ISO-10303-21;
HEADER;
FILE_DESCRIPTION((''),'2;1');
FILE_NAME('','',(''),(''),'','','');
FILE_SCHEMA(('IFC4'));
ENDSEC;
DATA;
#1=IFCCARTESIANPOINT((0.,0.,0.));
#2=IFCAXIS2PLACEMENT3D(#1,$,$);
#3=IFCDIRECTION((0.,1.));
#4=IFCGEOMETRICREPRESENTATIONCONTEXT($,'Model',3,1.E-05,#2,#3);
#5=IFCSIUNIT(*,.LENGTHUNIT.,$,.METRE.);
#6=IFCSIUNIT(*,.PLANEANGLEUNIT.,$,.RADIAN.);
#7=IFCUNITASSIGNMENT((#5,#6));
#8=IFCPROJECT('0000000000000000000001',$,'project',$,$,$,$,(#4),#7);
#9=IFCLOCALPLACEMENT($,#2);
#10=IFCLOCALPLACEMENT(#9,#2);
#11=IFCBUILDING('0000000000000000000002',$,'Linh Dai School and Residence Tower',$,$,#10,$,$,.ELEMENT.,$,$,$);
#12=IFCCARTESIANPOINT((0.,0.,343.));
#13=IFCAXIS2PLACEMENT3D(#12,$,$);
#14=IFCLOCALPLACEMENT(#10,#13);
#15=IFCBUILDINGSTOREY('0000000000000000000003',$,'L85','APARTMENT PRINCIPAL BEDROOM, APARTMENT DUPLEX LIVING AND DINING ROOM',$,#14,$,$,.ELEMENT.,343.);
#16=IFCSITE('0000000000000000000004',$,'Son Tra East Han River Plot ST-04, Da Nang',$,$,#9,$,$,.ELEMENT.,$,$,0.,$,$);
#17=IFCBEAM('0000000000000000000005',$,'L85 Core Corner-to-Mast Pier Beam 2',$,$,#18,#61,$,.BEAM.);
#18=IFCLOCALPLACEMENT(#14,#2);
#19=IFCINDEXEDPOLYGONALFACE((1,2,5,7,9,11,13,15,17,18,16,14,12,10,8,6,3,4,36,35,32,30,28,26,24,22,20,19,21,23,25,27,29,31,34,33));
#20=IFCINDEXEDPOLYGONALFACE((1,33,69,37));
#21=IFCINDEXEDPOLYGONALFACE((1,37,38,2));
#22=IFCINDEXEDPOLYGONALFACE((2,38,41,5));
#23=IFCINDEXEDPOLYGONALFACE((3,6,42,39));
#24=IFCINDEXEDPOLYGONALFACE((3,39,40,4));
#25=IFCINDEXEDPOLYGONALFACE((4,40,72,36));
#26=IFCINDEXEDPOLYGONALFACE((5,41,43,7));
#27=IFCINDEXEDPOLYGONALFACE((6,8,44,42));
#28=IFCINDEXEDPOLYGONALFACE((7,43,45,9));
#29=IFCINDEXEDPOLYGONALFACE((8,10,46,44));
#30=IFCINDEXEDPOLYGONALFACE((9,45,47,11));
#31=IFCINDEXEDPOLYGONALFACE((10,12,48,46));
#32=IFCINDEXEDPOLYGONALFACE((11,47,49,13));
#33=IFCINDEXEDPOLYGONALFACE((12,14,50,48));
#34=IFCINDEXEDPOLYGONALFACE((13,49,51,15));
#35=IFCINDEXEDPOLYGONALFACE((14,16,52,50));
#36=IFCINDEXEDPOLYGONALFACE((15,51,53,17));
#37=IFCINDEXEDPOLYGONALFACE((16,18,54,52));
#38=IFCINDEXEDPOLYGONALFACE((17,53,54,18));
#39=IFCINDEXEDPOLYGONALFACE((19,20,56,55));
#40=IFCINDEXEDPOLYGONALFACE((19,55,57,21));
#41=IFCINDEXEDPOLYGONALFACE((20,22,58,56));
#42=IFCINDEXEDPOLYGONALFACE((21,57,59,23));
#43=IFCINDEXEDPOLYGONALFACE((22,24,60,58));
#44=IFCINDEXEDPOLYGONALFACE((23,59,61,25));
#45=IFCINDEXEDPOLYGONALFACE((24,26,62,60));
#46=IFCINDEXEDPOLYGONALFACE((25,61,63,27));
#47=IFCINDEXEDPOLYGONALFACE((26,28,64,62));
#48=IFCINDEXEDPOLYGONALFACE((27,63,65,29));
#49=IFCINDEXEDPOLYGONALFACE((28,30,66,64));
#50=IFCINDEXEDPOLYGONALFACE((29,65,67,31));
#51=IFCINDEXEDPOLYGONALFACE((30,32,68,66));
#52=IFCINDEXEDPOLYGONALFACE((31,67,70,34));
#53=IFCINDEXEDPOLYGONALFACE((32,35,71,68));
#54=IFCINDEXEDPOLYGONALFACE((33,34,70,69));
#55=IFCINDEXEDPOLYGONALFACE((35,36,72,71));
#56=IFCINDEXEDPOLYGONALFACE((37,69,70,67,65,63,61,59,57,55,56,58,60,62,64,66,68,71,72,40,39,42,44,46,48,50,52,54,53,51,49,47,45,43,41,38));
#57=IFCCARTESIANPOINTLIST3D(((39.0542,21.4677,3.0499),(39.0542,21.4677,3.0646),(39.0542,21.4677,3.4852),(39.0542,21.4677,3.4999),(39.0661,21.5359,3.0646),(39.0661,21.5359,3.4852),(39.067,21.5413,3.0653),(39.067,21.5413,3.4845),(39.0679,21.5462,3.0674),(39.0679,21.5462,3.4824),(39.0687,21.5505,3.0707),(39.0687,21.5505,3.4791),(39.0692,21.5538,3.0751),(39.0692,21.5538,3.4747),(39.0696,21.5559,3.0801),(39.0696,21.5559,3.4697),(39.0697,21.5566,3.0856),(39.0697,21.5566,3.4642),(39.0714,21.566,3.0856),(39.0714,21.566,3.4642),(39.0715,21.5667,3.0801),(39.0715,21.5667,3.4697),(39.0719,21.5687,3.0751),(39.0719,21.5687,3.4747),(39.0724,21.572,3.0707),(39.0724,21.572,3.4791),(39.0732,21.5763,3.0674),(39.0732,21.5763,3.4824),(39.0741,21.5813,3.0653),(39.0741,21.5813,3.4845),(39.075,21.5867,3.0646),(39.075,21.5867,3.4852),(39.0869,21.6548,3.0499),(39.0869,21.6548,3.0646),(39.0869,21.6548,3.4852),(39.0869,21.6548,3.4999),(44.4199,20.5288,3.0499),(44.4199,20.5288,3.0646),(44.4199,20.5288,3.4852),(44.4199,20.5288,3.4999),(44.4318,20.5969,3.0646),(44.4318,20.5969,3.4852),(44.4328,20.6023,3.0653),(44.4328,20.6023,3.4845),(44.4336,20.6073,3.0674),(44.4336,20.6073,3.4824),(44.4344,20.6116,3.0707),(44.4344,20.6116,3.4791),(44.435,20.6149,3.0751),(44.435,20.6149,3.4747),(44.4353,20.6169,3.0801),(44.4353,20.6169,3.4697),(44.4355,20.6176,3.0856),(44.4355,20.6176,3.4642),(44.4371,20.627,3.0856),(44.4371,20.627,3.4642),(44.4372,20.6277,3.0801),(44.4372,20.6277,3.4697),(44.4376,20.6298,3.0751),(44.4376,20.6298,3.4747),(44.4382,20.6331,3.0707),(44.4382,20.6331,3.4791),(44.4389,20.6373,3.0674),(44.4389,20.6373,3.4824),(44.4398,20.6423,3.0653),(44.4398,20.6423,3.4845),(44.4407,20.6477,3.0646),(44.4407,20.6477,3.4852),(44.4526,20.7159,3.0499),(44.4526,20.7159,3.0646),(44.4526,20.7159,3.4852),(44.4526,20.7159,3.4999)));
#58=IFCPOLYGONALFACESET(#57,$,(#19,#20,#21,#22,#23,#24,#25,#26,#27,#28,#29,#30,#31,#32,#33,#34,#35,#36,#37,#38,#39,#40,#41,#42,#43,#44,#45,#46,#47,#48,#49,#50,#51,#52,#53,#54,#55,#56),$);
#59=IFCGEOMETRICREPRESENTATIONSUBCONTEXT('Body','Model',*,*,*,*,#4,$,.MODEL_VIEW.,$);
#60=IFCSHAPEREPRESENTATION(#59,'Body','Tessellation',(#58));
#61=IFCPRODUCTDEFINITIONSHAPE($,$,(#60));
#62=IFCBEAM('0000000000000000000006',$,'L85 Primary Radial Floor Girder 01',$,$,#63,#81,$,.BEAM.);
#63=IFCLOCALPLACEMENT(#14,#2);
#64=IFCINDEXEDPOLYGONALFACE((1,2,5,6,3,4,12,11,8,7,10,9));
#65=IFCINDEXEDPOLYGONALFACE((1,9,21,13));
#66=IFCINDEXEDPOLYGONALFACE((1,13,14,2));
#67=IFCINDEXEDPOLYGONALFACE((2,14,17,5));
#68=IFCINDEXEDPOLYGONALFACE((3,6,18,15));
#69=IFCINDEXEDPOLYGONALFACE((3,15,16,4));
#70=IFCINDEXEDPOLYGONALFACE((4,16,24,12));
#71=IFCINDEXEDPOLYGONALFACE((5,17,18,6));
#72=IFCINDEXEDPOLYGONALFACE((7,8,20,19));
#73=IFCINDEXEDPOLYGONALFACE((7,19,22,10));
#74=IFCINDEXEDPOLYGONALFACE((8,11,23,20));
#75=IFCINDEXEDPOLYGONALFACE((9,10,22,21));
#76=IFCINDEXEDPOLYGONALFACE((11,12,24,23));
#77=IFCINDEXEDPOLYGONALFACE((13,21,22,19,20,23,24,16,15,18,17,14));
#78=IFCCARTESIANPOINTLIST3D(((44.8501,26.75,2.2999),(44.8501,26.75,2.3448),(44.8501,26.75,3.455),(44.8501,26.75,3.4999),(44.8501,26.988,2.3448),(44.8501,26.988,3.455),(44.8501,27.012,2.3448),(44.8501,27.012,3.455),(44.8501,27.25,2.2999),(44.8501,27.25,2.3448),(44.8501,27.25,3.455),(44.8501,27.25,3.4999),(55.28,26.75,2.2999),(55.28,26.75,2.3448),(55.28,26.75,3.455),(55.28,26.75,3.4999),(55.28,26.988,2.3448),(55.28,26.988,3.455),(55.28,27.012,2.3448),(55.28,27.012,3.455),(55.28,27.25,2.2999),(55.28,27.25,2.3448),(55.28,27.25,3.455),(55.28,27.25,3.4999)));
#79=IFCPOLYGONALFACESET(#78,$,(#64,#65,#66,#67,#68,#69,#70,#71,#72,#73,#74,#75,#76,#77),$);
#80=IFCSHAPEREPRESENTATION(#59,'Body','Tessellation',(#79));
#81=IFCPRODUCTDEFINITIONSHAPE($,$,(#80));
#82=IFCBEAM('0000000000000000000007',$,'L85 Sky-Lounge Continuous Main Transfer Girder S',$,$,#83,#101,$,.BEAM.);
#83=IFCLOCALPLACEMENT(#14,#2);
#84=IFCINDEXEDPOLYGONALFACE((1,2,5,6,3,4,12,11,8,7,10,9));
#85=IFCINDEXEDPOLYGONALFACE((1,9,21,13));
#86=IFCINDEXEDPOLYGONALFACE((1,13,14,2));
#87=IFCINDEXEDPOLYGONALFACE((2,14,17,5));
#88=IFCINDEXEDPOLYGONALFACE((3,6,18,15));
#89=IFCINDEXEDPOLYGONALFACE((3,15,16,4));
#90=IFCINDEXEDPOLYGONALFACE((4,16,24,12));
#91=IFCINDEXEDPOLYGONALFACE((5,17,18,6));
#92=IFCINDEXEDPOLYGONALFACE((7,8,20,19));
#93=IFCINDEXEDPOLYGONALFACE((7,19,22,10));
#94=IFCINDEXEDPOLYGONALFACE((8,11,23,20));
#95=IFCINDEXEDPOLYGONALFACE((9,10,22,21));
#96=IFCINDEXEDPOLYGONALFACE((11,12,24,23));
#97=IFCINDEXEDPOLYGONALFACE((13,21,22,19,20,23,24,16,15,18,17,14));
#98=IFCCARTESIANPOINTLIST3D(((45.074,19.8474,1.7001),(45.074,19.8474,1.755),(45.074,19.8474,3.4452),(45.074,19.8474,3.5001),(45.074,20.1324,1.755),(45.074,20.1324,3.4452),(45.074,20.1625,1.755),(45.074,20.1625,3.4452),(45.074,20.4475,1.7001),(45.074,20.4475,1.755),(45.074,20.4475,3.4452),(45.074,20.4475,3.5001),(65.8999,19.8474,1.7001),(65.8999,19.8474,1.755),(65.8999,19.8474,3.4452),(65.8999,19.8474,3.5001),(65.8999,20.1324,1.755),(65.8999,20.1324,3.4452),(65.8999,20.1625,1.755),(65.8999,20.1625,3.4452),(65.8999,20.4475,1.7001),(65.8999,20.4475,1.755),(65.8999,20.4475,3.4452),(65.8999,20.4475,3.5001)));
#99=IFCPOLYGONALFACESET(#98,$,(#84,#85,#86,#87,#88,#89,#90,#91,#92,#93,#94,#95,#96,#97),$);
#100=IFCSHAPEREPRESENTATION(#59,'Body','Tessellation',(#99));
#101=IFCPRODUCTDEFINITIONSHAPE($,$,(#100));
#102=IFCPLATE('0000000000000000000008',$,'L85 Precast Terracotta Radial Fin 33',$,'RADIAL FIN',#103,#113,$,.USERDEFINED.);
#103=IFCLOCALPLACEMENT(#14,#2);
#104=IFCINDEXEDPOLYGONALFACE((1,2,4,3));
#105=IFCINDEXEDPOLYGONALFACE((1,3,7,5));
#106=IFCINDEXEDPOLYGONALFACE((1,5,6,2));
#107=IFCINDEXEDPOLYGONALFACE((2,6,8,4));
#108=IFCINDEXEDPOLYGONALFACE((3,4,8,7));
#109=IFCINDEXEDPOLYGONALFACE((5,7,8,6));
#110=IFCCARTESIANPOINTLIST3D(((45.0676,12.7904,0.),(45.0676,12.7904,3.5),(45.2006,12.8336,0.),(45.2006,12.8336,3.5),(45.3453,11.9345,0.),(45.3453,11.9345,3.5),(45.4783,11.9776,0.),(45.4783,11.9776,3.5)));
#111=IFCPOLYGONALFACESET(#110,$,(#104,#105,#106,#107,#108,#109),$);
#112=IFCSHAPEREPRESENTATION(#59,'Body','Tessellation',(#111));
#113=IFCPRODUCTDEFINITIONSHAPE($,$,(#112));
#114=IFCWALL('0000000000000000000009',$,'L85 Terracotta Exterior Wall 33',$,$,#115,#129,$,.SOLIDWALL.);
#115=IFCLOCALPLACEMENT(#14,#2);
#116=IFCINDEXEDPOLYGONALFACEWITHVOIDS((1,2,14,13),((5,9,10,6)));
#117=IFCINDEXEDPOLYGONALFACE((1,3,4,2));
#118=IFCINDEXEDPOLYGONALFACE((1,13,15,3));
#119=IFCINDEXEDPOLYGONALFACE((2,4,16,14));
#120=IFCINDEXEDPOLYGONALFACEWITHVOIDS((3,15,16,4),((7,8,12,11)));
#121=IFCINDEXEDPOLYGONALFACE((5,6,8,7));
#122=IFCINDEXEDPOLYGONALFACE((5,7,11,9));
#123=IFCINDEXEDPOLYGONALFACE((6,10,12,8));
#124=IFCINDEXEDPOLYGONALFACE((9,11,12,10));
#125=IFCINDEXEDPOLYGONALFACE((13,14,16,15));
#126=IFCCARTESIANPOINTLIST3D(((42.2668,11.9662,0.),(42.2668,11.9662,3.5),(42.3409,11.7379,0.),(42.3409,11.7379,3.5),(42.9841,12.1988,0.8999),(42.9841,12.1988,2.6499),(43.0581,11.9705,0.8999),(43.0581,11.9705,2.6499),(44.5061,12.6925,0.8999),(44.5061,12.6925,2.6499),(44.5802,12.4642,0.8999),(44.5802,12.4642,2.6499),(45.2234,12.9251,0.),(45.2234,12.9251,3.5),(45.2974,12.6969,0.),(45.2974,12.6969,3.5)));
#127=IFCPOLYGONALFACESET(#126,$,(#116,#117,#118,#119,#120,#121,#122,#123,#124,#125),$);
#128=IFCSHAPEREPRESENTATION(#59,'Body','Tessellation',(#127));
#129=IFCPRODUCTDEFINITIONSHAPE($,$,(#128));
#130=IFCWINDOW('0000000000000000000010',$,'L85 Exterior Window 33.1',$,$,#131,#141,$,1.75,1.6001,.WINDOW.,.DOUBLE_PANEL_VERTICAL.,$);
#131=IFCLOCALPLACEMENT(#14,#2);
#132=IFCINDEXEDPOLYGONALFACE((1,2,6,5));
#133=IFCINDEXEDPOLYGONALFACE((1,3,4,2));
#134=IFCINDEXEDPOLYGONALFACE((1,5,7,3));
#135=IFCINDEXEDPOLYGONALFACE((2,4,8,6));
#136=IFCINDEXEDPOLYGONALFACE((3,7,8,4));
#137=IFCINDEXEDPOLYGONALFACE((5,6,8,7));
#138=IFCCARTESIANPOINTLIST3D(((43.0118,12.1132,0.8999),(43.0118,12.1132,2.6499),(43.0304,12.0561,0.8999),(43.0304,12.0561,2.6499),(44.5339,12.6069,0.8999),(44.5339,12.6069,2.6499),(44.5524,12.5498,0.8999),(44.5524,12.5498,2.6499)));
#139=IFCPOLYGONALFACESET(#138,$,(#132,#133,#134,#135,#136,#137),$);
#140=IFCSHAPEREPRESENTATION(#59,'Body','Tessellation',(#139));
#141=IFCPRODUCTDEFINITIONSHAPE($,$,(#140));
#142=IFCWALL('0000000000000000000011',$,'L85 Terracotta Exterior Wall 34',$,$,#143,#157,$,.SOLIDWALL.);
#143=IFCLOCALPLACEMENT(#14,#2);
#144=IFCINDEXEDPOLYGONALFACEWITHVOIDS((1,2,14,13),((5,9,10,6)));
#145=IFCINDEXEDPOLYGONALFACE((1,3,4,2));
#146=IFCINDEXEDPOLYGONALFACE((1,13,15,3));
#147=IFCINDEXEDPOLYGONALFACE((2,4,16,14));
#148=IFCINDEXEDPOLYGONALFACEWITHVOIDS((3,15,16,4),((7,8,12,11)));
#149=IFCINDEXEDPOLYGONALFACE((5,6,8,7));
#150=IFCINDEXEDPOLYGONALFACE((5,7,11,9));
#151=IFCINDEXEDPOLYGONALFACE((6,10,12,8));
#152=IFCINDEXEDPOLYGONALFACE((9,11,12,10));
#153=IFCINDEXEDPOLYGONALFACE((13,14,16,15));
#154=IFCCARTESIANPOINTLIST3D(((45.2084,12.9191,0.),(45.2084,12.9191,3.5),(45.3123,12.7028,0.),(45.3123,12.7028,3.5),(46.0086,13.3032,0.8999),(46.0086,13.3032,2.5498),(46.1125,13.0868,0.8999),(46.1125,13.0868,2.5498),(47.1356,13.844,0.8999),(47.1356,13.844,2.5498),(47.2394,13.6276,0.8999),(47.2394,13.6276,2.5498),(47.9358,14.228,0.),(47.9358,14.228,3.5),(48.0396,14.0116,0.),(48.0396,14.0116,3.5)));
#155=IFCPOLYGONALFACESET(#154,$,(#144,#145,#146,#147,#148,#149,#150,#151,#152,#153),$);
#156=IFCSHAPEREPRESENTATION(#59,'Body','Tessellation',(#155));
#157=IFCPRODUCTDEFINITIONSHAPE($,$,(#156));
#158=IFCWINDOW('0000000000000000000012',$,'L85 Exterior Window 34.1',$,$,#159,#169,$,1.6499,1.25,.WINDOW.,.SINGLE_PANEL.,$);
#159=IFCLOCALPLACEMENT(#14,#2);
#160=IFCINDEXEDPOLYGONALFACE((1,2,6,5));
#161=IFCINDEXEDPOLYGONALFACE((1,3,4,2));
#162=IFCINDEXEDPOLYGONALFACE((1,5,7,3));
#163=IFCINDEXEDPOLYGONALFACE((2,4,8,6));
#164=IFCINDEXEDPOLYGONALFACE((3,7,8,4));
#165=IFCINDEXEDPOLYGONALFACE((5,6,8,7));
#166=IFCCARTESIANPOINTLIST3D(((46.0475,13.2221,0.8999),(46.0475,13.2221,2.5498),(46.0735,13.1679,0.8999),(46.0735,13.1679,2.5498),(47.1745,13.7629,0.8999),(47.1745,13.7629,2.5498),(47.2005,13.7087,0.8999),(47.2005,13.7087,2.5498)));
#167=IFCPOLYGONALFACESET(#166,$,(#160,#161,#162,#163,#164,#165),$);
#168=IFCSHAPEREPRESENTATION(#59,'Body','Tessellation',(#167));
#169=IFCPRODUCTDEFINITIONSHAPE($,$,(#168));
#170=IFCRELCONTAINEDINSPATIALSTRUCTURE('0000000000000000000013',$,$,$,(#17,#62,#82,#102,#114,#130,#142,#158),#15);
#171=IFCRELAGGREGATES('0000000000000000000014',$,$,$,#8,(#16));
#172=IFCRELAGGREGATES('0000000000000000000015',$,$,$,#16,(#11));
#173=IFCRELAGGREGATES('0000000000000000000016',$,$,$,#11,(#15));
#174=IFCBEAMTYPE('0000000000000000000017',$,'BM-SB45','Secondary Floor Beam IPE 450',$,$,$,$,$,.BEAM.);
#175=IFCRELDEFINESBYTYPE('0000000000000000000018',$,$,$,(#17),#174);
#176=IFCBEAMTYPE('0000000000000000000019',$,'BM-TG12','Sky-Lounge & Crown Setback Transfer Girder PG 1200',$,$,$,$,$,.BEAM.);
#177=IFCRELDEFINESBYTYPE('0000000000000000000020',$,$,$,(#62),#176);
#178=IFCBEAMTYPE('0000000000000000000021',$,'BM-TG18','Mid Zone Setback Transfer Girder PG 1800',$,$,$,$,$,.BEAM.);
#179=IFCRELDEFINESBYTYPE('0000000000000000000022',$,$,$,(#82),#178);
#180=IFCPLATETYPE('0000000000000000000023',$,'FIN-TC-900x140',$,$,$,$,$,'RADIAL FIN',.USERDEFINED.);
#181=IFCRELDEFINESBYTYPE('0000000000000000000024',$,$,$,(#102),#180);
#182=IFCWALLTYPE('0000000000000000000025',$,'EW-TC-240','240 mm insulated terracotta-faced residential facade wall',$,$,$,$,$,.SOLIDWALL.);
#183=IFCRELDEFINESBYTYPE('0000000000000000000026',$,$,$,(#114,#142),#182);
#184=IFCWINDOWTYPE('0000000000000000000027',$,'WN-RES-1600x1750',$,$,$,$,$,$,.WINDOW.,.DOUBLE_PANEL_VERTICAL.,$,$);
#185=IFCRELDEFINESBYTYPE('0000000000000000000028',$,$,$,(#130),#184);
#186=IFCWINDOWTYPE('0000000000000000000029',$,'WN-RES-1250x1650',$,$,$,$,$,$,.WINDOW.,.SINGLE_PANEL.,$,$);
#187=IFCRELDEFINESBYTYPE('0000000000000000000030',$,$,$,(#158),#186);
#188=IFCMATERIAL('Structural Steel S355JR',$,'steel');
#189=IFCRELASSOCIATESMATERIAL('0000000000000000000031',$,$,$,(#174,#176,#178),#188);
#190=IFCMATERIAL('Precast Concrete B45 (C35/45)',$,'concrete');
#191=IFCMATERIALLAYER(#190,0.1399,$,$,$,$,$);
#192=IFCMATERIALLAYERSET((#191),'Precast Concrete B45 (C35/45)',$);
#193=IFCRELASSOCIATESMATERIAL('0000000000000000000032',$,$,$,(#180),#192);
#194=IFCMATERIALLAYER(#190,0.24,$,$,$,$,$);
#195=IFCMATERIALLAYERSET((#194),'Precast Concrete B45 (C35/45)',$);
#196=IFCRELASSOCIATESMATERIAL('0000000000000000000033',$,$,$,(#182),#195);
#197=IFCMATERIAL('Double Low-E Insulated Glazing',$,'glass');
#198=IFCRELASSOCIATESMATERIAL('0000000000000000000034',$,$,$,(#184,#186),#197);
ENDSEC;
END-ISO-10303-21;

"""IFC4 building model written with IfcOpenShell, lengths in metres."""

from ifc_helpers import new_model, si_unit, direction, frame, frame_2d, origin, origin_2d, place, context, subcontext, project, spatial, rectangle, i_section, extrude, source, transform, mapped, material, layer, layer_set, material_profile, profile_set, type_object, element, fill, save


model = new_model("IFC4")

# Units and contexts
model_context = context("Model", 3, precision=1e-05, world=origin(), true_north=direction((0.0, 1.0)))
body_context = subcontext(model_context, "Body", "Model", "MODEL_VIEW")
ifc_project = project(units=[si_unit("LENGTHUNIT", "METRE"), si_unit("PLANEANGLEUNIT", "RADIAN")], contexts=[model_context])

# Site, building, storey
site_placement = place(None, origin())
site = spatial("IfcSite", under=ifc_project, at=site_placement, Name="Son Tra East Han River Plot ST-04, Da Nang", CompositionType="ELEMENT", RefElevation=0.0)
building_placement = place(site_placement, origin())
building = spatial("IfcBuilding", under=site, at=building_placement, Name="Linh Dai School and Residence Tower", CompositionType="ELEMENT")
storey_placement = place(building_placement, frame((0.0, 0.0, 343.0)))
storey = spatial("IfcBuildingStorey", under=building, at=storey_placement, Name="L85", Description="APARTMENT PRINCIPAL BEDROOM, APARTMENT DUPLEX LIVING AND DINING ROOM", CompositionType="ELEMENT", Elevation=343.0)

# Shared definitions
ifc_material_1 = material(Name="Structural Steel S355JR", Category="steel")

# Beams
ifc_material_profile_1 = material_profile(ifc_material_1, i_section(OverallWidth=0.1899, OverallDepth=0.45, WebThickness=0.0095, FlangeThickness=0.0146, FilletRadius=0.021, at=origin_2d()), Name="IPE 450")
ifc_profile_set_1 = profile_set([ifc_material_profile_1], Name="Structural Steel S355JR")
beam_type_1 = type_object("IfcBeamType", Name="BM-SB45", Description="Secondary Floor Beam IPE 450", PredefinedType="BEAM", material=ifc_profile_set_1)
beam_1_placement = place(storey_placement, frame((44.4363, 20.6223, 3.2749), z_axis=(-0.985032, 0.172374, 0.0), x_axis=(-0.172374, -0.985032, 0.0)))
element("IfcBeam", 1, at=beam_1_placement, inside=storey, type_object=beam_type_1, Name="L85 Core Corner-to-Mast Pier Beam 2", PredefinedType="BEAM", context=body_context, shape_type="SweptSolid", body=[
    extrude(i_section(OverallWidth=0.1899, OverallDepth=0.45, WebThickness=0.0095, FlangeThickness=0.0146, FilletRadius=0.021, at=origin_2d()), origin(), (0.0, 0.0, 1.0), 5.4473),
])
ifc_material_profile_2 = material_profile(ifc_material_1, i_section(OverallWidth=0.5, OverallDepth=1.2, WebThickness=0.0239, FlangeThickness=0.0449, at=origin_2d()), Name="PG 1200x500x24x45")
ifc_profile_set_2 = profile_set([ifc_material_profile_2], Name="Structural Steel S355JR")
beam_type_2 = type_object("IfcBeamType", Name="BM-TG12", Description="Sky-Lounge & Crown Setback Transfer Girder PG 1200", PredefinedType="BEAM", material=ifc_profile_set_2)
beam_2_placement = place(storey_placement, frame((44.8501, 27.0, 2.8999), z_axis=(1.0, 0.0, 0.0), x_axis=(0.0, 1.0, 0.0)))
element("IfcBeam", 2, at=beam_2_placement, inside=storey, type_object=beam_type_2, Name="L85 Primary Radial Floor Girder 01", PredefinedType="BEAM", context=body_context, shape_type="SweptSolid", body=[
    extrude(i_section(OverallWidth=0.5, OverallDepth=1.2, WebThickness=0.0239, FlangeThickness=0.0449, at=origin_2d()), origin(), (0.0, 0.0, 1.0), 10.4299),
])
ifc_material_profile_3 = material_profile(ifc_material_1, i_section(OverallWidth=0.6001, OverallDepth=1.8, WebThickness=0.03, FlangeThickness=0.0549, at=origin_2d()), Name="PG 1800x600x30x55")
ifc_profile_set_3 = profile_set([ifc_material_profile_3], Name="Structural Steel S355JR")
beam_type_3 = type_object("IfcBeamType", Name="BM-TG18", Description="Mid Zone Setback Transfer Girder PG 1800", PredefinedType="BEAM", material=ifc_profile_set_3)
beam_3_placement = place(storey_placement, frame((45.074, 20.1475, 2.6001), z_axis=(1.0, 0.0, 0.0), x_axis=(0.0, 1.0, 0.0)))
element("IfcBeam", 3, at=beam_3_placement, inside=storey, type_object=beam_type_3, Name="L85 Sky-Lounge Continuous Main Transfer Girder S", PredefinedType="BEAM", context=body_context, shape_type="SweptSolid", body=[
    extrude(i_section(OverallWidth=0.6001, OverallDepth=1.8, WebThickness=0.03, FlangeThickness=0.0549, at=origin_2d()), origin(), (0.0, 0.0, 1.0), 20.8259),
])

# Plate
ifc_material_2 = material(Name="Precast Concrete B45 (C35/45)", Category="concrete")
ifc_layer_1 = layer(ifc_material_2, 0.1399)
ifc_layer_set_1 = layer_set([ifc_layer_1], Name="Precast Concrete B45 (C35/45)")
plate_type = type_object("IfcPlateType", Name="FIN-TC-900x140", ElementType="RADIAL FIN", PredefinedType="USERDEFINED", material=ifc_layer_set_1)
shared_shape_1 = source(origin(), body_context, "Body", "SweptSolid", [
    extrude(rectangle(XDim=0.8999, YDim=0.1399, at=origin_2d()), origin(), (0.0, 0.0, 1.0), 3.5),
])
plate_placement = place(storey_placement, frame((45.2729, 12.384, 0.0), z_axis=(0.0, 0.0, 1.0), x_axis=(0.308565, -0.951203, 0.0)))
element("IfcPlate", 4, at=plate_placement, inside=storey, type_object=plate_type, Name="L85 Precast Terracotta Radial Fin 33", ObjectType="RADIAL FIN", PredefinedType="USERDEFINED", context=body_context, shape_type="MappedRepresentation", body=[
    mapped(shared_shape_1, transform((0.0, 0.0, 0.0), x_axis=(1.0, 0.0, 0.0), y_axis=(0.0, 1.0, 0.0), z_axis=(0.0, 0.0, 1.0), scale=1.0)),
])

# Walls, openings, windows
ifc_layer_2 = layer(ifc_material_2, 0.24)
ifc_layer_set_2 = layer_set([ifc_layer_2], Name="Precast Concrete B45 (C35/45)")
wall_type_1 = type_object("IfcWallType", Name="EW-TC-240", Description="240 mm insulated terracotta-faced residential facade wall", PredefinedType="SOLIDWALL", material=ifc_layer_set_2)
wall_1_placement = place(storey_placement, frame((45.2605, 12.811, 0.0), z_axis=(0.0, 0.0, 1.0), x_axis=(-0.951213, -0.308535, 0.0)))
wall_1 = element("IfcWall", 5, at=wall_1_placement, inside=storey, type_object=wall_type_1, Name="L85 Terracotta Exterior Wall 33", PredefinedType="SOLIDWALL", context=body_context, shape_type="SweptSolid", body=[
    extrude(rectangle(XDim=3.1082, YDim=0.24, at=frame_2d((1.5542, 0.0))), origin(), (0.0, 0.0, 1.0), 3.5),
])
opening_1_placement = place(wall_1_placement, frame((0.7542, 0.0, 0.8999)))
opening_1 = element("IfcOpeningElement", 6, at=opening_1_placement, cuts=wall_1, PredefinedType="OPENING", context=body_context, shape_type="SweptSolid", body=[
    extrude(rectangle(XDim=1.6001, YDim=1.75, at=origin_2d()), frame((0.8, 0.1299, 0.875), z_axis=(0.0, -1.0, 0.0), x_axis=(1.0, 0.0, 0.0)), (0.0, 0.0, 1.0), 0.26),
])
ifc_material_3 = material(Name="Double Low-E Insulated Glazing", Category="glass")
window_type_1 = type_object("IfcWindowType", Name="WN-RES-1600x1750", PartitioningType="DOUBLE_PANEL_VERTICAL", PredefinedType="WINDOW", material=ifc_material_3)
shared_shape_2 = source(origin(), body_context, "Body", "SweptSolid", [
    extrude(rectangle(XDim=1.6001, YDim=1.75, at=origin_2d()), frame((0.8, 0.03, 0.875), z_axis=(0.0, -1.0, 0.0), x_axis=(1.0, 0.0, 0.0)), (0.0, 0.0, 1.0), 0.0601),
])
window_1_placement = place(opening_1_placement, origin())
window_1 = element("IfcWindow", 7, at=window_1_placement, inside=storey, type_object=window_type_1, Name="L85 Exterior Window 33.1", OverallHeight=1.75, OverallWidth=1.6001, PartitioningType="DOUBLE_PANEL_VERTICAL", PredefinedType="WINDOW", context=body_context, shape_type="MappedRepresentation", body=[
    mapped(shared_shape_2, transform((0.0, 0.0, 0.0), x_axis=(1.0, 0.0, 0.0), y_axis=(0.0, 1.0, 0.0), z_axis=(0.0, 0.0, 1.0), scale=1.0)),
])
fill(opening_1, window_1)
wall_2_placement = place(storey_placement, frame((47.9878, 14.1199, 0.0), z_axis=(0.0, 0.0, 1.0), x_axis=(-0.901557, -0.43266, 0.0)))
wall_2 = element("IfcWall", 8, at=wall_2_placement, inside=storey, type_object=wall_type_1, Name="L85 Terracotta Exterior Wall 34", PredefinedType="SOLIDWALL", context=body_context, shape_type="SweptSolid", body=[
    extrude(rectangle(XDim=3.0251, YDim=0.24, at=frame_2d((1.5127, 0.0))), origin(), (0.0, 0.0, 1.0), 3.5),
])
opening_2_placement = place(wall_2_placement, frame((0.8877, 0.0, 0.8999)))
opening_2 = element("IfcOpeningElement", 9, at=opening_2_placement, cuts=wall_2, PredefinedType="OPENING", context=body_context, shape_type="SweptSolid", body=[
    extrude(rectangle(XDim=1.25, YDim=1.6499, at=origin_2d()), frame((0.625, 0.1299, 0.825), z_axis=(0.0, -1.0, 0.0), x_axis=(1.0, 0.0, 0.0)), (0.0, 0.0, 1.0), 0.26),
])
window_type_2 = type_object("IfcWindowType", Name="WN-RES-1250x1650", PartitioningType="SINGLE_PANEL", PredefinedType="WINDOW", material=ifc_material_3)
shared_shape_3 = source(origin(), body_context, "Body", "SweptSolid", [
    extrude(rectangle(XDim=1.25, YDim=1.6499, at=origin_2d()), frame((0.625, 0.03, 0.825), z_axis=(0.0, -1.0, 0.0), x_axis=(1.0, 0.0, 0.0)), (0.0, 0.0, 1.0), 0.0601),
])
window_2_placement = place(opening_2_placement, origin())
window_2 = element("IfcWindow", 10, at=window_2_placement, inside=storey, type_object=window_type_2, Name="L85 Exterior Window 34.1", OverallHeight=1.6499, OverallWidth=1.25, PartitioningType="SINGLE_PANEL", PredefinedType="WINDOW", context=body_context, shape_type="MappedRepresentation", body=[
    mapped(shared_shape_3, transform((0.0, 0.0, 0.0), x_axis=(1.0, 0.0, 0.0), y_axis=(0.0, 1.0, 0.0), z_axis=(0.0, 0.0, 1.0), scale=1.0)),
])
fill(opening_2, window_2)

save(model, "model.ifc")
